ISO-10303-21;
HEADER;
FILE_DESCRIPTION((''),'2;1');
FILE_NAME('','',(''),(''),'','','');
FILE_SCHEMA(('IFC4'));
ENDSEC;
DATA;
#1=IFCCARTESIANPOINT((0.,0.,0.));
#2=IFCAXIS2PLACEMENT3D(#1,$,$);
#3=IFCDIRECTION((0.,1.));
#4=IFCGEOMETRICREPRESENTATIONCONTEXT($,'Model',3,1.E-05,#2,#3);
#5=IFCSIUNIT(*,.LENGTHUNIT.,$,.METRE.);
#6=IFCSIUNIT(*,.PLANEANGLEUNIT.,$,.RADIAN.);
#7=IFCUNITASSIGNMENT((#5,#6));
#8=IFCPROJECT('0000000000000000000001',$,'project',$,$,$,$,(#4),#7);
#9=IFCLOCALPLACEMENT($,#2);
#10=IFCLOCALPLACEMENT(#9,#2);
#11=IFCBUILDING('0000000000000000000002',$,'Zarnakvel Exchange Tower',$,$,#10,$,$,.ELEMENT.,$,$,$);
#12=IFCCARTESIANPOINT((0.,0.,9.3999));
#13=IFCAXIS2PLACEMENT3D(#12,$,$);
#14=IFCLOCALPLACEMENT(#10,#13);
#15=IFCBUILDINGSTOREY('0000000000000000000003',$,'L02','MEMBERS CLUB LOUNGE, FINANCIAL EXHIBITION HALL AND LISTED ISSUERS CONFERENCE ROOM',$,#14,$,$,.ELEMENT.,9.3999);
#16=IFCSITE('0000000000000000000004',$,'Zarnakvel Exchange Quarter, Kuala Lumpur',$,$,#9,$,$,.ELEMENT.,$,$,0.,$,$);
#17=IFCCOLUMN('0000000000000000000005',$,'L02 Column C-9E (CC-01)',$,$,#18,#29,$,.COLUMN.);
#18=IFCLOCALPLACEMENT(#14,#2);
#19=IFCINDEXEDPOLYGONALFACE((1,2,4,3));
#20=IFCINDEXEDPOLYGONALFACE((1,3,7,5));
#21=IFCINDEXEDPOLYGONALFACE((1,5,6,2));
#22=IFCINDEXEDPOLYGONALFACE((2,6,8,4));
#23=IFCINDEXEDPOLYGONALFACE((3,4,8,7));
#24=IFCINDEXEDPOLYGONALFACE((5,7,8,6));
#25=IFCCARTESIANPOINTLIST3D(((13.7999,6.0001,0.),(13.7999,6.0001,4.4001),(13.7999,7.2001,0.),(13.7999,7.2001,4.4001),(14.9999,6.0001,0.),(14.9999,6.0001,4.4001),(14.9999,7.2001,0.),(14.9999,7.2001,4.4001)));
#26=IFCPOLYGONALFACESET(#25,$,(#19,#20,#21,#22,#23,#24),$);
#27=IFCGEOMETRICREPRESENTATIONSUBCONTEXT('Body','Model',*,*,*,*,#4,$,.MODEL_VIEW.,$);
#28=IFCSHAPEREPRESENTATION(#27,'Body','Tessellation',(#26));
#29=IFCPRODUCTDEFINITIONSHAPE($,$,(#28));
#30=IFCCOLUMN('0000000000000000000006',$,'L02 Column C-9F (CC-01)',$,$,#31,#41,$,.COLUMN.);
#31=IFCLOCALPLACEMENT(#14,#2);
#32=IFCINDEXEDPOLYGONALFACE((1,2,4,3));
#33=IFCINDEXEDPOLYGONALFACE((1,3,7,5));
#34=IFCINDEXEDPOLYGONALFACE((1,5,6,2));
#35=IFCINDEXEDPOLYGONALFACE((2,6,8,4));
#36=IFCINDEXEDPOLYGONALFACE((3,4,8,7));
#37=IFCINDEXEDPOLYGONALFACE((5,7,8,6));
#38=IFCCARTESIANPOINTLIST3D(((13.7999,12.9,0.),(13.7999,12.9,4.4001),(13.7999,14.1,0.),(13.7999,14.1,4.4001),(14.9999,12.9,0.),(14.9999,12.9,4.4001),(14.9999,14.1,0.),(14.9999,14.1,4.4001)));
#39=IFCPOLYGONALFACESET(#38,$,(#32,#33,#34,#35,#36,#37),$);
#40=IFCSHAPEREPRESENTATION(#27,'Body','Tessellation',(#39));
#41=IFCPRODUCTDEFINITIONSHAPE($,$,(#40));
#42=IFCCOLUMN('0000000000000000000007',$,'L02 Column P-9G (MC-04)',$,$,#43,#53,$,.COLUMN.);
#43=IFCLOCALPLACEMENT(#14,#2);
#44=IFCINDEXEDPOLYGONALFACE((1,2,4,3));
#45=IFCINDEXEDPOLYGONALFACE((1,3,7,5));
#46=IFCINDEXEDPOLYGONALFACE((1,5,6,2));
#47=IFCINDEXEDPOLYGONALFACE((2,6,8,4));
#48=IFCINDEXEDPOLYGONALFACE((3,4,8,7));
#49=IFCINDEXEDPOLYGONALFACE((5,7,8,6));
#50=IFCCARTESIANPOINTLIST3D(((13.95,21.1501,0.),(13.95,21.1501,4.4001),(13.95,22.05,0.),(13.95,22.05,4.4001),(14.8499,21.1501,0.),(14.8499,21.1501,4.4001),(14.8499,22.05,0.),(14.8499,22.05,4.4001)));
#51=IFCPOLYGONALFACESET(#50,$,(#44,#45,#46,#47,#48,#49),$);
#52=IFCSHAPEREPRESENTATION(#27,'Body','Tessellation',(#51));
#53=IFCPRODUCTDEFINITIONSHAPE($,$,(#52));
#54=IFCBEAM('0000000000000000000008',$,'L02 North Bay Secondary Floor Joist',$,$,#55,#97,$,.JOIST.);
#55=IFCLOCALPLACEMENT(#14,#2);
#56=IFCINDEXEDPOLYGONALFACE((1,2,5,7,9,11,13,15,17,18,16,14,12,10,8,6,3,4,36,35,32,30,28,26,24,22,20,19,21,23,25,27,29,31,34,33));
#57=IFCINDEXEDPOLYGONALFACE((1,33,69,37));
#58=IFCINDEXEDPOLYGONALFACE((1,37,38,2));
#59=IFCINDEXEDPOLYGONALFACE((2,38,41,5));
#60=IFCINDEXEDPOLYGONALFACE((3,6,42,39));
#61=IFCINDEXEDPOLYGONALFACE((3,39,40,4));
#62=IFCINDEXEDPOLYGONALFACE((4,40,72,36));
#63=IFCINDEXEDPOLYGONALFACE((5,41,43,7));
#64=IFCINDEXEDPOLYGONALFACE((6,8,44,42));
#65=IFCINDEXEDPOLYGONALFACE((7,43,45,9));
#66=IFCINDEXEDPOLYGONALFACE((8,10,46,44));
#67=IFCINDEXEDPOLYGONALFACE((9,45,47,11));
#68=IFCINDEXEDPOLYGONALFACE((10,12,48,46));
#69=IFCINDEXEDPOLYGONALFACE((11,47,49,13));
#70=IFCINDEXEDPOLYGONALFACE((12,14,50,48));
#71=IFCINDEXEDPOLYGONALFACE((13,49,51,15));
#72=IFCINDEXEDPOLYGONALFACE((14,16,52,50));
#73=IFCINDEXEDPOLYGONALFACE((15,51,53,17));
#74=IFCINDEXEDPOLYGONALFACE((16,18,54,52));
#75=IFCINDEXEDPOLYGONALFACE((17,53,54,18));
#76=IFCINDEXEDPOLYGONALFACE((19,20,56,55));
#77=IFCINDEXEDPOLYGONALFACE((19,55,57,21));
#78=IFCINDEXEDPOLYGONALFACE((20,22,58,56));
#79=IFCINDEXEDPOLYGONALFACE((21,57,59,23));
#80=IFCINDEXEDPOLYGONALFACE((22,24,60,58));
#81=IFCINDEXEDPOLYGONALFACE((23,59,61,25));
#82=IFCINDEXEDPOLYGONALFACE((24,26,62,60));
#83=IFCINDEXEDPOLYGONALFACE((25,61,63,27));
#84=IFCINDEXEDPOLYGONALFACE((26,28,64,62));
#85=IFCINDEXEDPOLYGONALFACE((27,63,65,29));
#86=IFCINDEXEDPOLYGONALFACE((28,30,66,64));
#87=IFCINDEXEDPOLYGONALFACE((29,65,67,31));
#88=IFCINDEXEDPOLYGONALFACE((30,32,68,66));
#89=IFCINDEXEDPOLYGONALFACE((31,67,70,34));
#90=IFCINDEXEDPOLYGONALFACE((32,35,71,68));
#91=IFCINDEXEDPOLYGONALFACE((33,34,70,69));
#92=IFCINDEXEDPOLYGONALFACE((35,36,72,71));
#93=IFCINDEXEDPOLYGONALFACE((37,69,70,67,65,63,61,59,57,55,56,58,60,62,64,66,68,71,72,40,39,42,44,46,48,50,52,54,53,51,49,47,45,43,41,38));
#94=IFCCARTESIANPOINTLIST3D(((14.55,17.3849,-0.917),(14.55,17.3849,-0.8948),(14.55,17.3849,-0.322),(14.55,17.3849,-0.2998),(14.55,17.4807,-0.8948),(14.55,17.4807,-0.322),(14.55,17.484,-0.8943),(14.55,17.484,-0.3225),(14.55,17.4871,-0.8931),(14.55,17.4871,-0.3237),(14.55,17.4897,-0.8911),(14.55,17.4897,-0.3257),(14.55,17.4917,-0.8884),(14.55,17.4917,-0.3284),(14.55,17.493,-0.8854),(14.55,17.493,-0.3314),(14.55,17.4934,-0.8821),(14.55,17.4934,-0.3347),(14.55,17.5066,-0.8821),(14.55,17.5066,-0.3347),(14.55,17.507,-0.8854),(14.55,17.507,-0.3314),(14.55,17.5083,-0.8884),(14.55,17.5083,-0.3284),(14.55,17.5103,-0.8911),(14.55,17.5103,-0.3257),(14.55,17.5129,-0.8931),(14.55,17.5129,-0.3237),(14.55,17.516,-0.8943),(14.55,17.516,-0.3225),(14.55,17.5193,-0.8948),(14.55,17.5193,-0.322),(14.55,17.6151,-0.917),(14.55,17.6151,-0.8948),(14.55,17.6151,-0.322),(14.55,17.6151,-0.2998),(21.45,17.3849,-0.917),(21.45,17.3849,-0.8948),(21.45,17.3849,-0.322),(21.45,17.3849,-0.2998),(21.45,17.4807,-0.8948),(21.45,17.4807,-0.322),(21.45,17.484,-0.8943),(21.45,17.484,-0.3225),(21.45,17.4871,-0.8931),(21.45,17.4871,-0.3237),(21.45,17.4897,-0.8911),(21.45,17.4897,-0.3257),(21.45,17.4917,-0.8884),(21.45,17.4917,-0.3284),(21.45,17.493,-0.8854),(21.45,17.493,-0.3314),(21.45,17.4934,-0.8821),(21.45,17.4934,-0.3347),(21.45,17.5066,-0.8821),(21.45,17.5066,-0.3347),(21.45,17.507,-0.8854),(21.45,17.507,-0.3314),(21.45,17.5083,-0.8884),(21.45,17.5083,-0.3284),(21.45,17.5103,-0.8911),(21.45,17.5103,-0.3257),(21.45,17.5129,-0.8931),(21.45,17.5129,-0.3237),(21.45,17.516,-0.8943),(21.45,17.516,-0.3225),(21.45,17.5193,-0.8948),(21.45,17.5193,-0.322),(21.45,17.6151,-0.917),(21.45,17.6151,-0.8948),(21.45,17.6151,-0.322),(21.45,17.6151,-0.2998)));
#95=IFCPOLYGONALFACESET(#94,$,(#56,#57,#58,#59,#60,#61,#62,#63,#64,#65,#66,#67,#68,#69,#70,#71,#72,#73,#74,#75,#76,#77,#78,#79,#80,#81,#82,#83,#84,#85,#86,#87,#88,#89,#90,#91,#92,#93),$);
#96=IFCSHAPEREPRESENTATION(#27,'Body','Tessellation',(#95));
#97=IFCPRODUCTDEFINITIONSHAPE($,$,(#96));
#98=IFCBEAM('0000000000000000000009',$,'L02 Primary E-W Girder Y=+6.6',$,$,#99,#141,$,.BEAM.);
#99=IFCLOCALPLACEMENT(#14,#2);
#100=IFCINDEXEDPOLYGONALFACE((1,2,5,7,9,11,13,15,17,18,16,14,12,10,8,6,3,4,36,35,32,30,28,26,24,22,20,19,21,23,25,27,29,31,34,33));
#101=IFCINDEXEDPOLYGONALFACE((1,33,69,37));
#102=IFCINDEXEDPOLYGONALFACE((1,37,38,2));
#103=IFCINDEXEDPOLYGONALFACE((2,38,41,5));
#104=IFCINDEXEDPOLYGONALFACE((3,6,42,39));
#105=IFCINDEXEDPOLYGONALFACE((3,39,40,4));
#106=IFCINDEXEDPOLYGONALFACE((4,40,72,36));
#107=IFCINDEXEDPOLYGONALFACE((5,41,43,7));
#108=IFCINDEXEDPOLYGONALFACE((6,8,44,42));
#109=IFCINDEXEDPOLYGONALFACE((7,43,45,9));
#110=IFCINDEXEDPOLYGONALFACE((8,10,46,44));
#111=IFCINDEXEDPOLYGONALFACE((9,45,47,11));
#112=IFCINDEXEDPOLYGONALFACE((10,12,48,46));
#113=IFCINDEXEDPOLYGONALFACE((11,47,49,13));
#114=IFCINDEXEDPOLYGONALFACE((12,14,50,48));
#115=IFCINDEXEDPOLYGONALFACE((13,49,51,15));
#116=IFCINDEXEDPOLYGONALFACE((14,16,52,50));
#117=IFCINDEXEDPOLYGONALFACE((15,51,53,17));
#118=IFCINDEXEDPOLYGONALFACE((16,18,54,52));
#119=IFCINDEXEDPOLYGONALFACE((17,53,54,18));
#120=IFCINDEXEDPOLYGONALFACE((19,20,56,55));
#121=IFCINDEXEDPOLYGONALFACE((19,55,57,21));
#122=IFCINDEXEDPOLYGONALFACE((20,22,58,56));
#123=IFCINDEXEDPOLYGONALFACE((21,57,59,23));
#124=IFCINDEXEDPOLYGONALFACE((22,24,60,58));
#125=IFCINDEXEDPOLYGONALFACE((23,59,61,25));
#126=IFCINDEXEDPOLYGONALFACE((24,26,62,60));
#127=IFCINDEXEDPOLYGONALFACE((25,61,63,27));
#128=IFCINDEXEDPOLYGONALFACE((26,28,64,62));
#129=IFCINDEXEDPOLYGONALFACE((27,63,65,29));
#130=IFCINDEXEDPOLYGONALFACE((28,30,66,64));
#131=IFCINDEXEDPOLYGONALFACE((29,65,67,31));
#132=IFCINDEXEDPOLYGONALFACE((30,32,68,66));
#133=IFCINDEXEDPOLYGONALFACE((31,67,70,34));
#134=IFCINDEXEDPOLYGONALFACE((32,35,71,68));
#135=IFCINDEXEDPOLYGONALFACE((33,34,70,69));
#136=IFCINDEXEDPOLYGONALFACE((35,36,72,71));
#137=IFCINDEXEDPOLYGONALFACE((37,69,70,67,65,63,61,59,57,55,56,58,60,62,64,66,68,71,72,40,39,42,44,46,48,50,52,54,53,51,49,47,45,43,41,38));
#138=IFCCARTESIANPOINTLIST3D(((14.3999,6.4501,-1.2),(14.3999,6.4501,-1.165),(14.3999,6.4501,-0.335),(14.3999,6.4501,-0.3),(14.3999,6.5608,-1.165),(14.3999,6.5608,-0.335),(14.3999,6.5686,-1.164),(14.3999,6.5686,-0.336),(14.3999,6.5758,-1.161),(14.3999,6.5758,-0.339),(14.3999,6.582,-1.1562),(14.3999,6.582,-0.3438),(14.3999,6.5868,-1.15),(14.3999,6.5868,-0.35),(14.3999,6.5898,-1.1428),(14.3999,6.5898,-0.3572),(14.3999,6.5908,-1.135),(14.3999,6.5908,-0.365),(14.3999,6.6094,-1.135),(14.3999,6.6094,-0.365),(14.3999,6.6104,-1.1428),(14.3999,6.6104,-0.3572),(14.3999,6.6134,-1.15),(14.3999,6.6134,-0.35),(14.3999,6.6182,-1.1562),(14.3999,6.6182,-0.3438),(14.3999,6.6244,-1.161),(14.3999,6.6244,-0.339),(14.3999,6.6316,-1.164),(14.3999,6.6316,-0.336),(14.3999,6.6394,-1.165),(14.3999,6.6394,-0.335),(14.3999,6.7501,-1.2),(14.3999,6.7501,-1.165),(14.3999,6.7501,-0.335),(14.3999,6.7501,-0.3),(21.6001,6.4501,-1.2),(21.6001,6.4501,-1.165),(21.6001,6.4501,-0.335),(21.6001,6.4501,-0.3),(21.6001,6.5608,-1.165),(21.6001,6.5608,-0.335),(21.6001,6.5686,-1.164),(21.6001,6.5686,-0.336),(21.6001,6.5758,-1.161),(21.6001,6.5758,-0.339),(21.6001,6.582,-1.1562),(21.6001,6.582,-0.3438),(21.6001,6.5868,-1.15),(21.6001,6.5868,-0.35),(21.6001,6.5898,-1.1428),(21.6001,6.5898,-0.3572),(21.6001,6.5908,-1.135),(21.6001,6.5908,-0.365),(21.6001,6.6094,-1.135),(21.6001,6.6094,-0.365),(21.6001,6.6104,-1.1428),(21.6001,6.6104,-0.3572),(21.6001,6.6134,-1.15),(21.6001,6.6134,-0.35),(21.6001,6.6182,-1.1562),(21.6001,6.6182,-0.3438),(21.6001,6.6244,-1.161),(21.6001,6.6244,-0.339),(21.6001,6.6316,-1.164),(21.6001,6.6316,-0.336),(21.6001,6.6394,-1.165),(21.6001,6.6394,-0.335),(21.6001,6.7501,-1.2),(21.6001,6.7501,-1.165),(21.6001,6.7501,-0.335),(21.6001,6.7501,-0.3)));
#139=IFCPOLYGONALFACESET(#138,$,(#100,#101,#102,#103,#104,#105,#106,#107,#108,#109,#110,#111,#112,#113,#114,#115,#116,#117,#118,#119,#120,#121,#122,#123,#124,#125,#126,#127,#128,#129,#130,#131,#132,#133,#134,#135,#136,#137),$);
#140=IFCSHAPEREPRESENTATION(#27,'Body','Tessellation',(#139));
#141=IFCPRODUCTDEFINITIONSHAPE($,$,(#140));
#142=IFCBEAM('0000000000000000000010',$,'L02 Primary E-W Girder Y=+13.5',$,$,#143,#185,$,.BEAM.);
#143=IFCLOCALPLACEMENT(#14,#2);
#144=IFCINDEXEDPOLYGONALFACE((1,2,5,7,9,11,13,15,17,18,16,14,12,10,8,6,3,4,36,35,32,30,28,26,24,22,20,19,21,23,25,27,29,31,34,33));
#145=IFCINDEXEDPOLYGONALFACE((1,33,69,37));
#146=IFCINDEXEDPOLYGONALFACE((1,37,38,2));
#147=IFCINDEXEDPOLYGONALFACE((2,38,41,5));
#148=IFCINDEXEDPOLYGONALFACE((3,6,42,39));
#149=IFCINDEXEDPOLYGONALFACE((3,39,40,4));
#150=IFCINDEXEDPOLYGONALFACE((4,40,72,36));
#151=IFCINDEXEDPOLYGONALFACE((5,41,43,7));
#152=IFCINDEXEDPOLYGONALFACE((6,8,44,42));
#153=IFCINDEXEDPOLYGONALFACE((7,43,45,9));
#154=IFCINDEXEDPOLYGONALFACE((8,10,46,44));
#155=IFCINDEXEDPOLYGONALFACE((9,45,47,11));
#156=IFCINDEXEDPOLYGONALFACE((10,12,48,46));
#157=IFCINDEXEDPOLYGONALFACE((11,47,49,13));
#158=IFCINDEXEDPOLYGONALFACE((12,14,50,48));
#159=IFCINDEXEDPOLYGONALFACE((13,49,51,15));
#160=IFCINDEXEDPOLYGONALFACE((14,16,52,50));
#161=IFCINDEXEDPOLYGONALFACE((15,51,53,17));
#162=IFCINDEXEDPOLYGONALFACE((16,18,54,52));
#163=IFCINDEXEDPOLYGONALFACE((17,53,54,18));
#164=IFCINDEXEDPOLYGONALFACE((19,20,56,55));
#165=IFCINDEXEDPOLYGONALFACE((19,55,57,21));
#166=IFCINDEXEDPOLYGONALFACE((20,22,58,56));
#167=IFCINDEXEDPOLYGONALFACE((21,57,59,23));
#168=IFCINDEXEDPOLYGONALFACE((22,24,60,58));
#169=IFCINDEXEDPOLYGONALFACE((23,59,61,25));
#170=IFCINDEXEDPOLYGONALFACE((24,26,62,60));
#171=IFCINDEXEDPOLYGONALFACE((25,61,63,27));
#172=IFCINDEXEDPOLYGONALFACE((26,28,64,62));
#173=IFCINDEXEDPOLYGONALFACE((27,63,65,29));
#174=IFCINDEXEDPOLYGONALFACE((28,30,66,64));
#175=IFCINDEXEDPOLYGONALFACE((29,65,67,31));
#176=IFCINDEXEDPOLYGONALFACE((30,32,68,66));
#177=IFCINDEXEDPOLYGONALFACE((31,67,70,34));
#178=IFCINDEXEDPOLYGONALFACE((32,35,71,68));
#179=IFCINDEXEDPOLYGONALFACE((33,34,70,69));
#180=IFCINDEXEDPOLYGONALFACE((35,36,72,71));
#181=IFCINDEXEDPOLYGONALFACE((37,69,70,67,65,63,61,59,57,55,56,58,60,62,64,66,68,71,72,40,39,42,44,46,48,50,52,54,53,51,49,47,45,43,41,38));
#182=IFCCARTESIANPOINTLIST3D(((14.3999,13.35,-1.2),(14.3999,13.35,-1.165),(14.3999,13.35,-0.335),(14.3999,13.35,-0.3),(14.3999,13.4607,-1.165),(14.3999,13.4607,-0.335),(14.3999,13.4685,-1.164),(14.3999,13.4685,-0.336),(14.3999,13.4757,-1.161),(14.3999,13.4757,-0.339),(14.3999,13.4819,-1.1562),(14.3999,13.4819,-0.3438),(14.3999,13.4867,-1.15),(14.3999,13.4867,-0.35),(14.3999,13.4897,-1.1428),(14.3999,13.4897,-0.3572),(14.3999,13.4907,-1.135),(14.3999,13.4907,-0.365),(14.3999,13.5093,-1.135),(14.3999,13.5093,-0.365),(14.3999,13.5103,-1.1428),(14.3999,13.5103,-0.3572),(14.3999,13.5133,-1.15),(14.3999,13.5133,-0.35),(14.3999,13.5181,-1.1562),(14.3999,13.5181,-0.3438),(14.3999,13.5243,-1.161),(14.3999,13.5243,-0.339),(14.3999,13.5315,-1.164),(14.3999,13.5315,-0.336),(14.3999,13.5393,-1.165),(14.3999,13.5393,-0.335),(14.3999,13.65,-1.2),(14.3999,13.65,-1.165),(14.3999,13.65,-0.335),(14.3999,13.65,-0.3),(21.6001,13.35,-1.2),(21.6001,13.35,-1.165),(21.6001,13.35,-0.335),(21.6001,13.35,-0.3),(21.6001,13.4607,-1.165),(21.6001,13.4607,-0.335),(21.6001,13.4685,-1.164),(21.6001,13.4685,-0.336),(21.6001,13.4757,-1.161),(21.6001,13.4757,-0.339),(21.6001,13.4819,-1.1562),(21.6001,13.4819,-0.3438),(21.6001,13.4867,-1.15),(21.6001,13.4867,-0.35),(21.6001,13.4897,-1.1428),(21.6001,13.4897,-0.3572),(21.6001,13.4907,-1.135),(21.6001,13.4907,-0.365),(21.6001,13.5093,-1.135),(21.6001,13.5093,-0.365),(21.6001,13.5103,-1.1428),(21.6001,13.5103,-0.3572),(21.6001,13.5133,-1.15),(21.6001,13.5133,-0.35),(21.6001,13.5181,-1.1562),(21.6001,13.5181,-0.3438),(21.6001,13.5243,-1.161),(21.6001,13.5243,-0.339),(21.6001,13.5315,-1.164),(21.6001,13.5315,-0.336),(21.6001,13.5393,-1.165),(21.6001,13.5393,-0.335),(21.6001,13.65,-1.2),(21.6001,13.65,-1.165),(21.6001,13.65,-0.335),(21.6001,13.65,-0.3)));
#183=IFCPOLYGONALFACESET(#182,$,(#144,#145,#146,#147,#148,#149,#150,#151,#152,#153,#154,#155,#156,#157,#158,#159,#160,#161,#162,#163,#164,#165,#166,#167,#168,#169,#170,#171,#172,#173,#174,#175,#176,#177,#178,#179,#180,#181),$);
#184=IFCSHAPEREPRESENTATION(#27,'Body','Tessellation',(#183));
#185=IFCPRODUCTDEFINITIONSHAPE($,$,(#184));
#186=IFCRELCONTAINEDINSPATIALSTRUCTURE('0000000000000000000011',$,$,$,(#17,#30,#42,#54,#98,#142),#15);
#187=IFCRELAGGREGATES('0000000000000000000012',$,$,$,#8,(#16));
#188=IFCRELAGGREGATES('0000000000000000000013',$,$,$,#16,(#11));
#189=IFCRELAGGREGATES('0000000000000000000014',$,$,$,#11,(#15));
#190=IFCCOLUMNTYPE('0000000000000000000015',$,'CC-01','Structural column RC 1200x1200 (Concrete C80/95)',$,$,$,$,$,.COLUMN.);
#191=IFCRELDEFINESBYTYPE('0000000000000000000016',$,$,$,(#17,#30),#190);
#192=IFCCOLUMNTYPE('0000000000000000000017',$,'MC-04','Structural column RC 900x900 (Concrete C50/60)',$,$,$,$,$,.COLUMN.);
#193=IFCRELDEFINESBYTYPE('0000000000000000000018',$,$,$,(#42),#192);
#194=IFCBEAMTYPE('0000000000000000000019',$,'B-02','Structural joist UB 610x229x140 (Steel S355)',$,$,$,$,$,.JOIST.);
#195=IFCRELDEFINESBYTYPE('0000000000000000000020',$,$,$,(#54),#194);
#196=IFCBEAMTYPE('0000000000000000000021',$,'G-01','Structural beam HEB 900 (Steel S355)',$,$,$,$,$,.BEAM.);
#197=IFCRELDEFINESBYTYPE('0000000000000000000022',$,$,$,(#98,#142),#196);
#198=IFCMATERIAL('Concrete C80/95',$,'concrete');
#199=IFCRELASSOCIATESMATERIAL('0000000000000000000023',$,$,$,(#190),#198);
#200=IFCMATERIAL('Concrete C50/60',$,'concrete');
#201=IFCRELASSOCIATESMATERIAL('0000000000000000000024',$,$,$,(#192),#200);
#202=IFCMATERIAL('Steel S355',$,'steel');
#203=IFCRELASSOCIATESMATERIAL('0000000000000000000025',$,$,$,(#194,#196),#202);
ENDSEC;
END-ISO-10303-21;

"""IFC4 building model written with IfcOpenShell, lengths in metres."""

from ifc_helpers import new_model, si_unit, direction, frame, origin, origin_2d, place, context, subcontext, project, spatial, rectangle, i_section, extrude, material, material_profile, profile_set, type_object, element, save


model = new_model("IFC4")

# Units and contexts
model_context = context("Model", 3, precision=1e-05, world=origin(), true_north=direction((0.0, 1.0)))
body_context = subcontext(model_context, "Body", "Model", "MODEL_VIEW")
ifc_project = project(units=[si_unit("LENGTHUNIT", "METRE"), si_unit("PLANEANGLEUNIT", "RADIAN")], contexts=[model_context])

# Site, building, storey
site_placement = place(None, origin())
site = spatial("IfcSite", under=ifc_project, at=site_placement, Name="Zarnakvel Exchange Quarter, Kuala Lumpur", CompositionType="ELEMENT", RefElevation=0.0)
building_placement = place(site_placement, origin())
building = spatial("IfcBuilding", under=site, at=building_placement, Name="Zarnakvel Exchange Tower", CompositionType="ELEMENT")
storey_placement = place(building_placement, frame((0.0, 0.0, 9.3999)))
storey = spatial("IfcBuildingStorey", under=building, at=storey_placement, Name="L02", Description="MEMBERS CLUB LOUNGE, FINANCIAL EXHIBITION HALL AND LISTED ISSUERS CONFERENCE ROOM", CompositionType="ELEMENT", Elevation=9.3999)

# Columns
ifc_material_1 = material(Name="Concrete C80/95", Category="concrete")
ifc_material_profile_1 = material_profile(ifc_material_1, rectangle(XDim=1.2, YDim=1.2, at=origin_2d()))
ifc_profile_set_1 = profile_set([ifc_material_profile_1], Name="Concrete C80/95")
column_type_1 = type_object("IfcColumnType", Name="CC-01", Description="Structural column RC 1200x1200 (Concrete C80/95)", PredefinedType="COLUMN", material=ifc_profile_set_1)
for number, where, z_axis, x_axis, name in (
    (1, (14.3999, 6.6001, 0.0), (0.0, 0.0, 1.0), (1.0, 0.0, 0.0), "L02 Column C-9E (CC-01)"),
    (2, (14.3999, 13.5, 0.0), (0.0, 0.0, 1.0), (1.0, 0.0, 0.0), "L02 Column C-9F (CC-01)"),
):
    element("IfcColumn", number, at=place(storey_placement, frame(where, z_axis=z_axis, x_axis=x_axis)), inside=storey, type_object=column_type_1, Name=name, PredefinedType="COLUMN", context=body_context, shape_type="SweptSolid", body=[
        extrude(rectangle(XDim=1.2, YDim=1.2, at=origin_2d()), origin(), (0.0, 0.0, 1.0), 4.4001),
    ])
ifc_material_2 = material(Name="Concrete C50/60", Category="concrete")
ifc_material_profile_2 = material_profile(ifc_material_2, rectangle(XDim=0.8999, YDim=0.8999, at=origin_2d()))
ifc_profile_set_2 = profile_set([ifc_material_profile_2], Name="Concrete C50/60")
column_type_2 = type_object("IfcColumnType", Name="MC-04", Description="Structural column RC 900x900 (Concrete C50/60)", PredefinedType="COLUMN", material=ifc_profile_set_2)
column_placement = place(storey_placement, frame((14.3999, 21.6001, 0.0), z_axis=(0.0, 0.0, 1.0), x_axis=(1.0, 0.0, 0.0)))
element("IfcColumn", 3, at=column_placement, inside=storey, type_object=column_type_2, Name="L02 Column P-9G (MC-04)", PredefinedType="COLUMN", context=body_context, shape_type="SweptSolid", body=[
    extrude(rectangle(XDim=0.8999, YDim=0.8999, at=origin_2d()), origin(), (0.0, 0.0, 1.0), 4.4001),
])

# Beams
ifc_material_3 = material(Name="Steel S355", Category="steel")
ifc_material_profile_3 = material_profile(ifc_material_3, i_section(OverallWidth=0.2302, OverallDepth=0.6172, WebThickness=0.0132, FlangeThickness=0.0222, FilletRadius=0.0127, at=origin_2d()))
ifc_profile_set_3 = profile_set([ifc_material_profile_3], Name="Steel S355")
beam_type_1 = type_object("IfcBeamType", Name="B-02", Description="Structural joist UB 610x229x140 (Steel S355)", PredefinedType="JOIST", material=ifc_profile_set_3)
beam_1_placement = place(storey_placement, frame((14.55, 17.5, -0.6084), z_axis=(1.0, 0.0, 0.0), x_axis=(0.0, 1.0, 0.0)))
element("IfcBeam", 4, at=beam_1_placement, inside=storey, type_object=beam_type_1, Name="L02 North Bay Secondary Floor Joist", PredefinedType="JOIST", context=body_context, shape_type="SweptSolid", body=[
    extrude(i_section(OverallWidth=0.2302, OverallDepth=0.6172, WebThickness=0.0132, FlangeThickness=0.0222, FilletRadius=0.0127, at=origin_2d()), origin(), (0.0, 0.0, 1.0), 6.8999),
])
ifc_material_profile_4 = material_profile(ifc_material_3, i_section(OverallWidth=0.3, OverallDepth=0.8999, WebThickness=0.0186, FlangeThickness=0.0349, FilletRadius=0.03, at=origin_2d()))
ifc_profile_set_4 = profile_set([ifc_material_profile_4], Name="Steel S355")
beam_type_2 = type_object("IfcBeamType", Name="G-01", Description="Structural beam HEB 900 (Steel S355)", PredefinedType="BEAM", material=ifc_profile_set_4)
for number, where, z_axis, x_axis, name in (
    (5, (14.3999, 6.6001, -0.75), (1.0, 0.0, 0.0), (0.0, 1.0, 0.0), "L02 Primary E-W Girder Y=+6.6"),
    (6, (14.3999, 13.5, -0.75), (1.0, 0.0, 0.0), (0.0, 1.0, 0.0), "L02 Primary E-W Girder Y=+13.5"),
):
    element("IfcBeam", number, at=place(storey_placement, frame(where, z_axis=z_axis, x_axis=x_axis)), inside=storey, type_object=beam_type_2, Name=name, PredefinedType="BEAM", context=body_context, shape_type="SweptSolid", body=[
        extrude(i_section(OverallWidth=0.3, OverallDepth=0.8999, WebThickness=0.0186, FlangeThickness=0.0349, FilletRadius=0.03, at=origin_2d()), origin(), (0.0, 0.0, 1.0), 7.2002),
    ])

save(model, "model.ifc")
